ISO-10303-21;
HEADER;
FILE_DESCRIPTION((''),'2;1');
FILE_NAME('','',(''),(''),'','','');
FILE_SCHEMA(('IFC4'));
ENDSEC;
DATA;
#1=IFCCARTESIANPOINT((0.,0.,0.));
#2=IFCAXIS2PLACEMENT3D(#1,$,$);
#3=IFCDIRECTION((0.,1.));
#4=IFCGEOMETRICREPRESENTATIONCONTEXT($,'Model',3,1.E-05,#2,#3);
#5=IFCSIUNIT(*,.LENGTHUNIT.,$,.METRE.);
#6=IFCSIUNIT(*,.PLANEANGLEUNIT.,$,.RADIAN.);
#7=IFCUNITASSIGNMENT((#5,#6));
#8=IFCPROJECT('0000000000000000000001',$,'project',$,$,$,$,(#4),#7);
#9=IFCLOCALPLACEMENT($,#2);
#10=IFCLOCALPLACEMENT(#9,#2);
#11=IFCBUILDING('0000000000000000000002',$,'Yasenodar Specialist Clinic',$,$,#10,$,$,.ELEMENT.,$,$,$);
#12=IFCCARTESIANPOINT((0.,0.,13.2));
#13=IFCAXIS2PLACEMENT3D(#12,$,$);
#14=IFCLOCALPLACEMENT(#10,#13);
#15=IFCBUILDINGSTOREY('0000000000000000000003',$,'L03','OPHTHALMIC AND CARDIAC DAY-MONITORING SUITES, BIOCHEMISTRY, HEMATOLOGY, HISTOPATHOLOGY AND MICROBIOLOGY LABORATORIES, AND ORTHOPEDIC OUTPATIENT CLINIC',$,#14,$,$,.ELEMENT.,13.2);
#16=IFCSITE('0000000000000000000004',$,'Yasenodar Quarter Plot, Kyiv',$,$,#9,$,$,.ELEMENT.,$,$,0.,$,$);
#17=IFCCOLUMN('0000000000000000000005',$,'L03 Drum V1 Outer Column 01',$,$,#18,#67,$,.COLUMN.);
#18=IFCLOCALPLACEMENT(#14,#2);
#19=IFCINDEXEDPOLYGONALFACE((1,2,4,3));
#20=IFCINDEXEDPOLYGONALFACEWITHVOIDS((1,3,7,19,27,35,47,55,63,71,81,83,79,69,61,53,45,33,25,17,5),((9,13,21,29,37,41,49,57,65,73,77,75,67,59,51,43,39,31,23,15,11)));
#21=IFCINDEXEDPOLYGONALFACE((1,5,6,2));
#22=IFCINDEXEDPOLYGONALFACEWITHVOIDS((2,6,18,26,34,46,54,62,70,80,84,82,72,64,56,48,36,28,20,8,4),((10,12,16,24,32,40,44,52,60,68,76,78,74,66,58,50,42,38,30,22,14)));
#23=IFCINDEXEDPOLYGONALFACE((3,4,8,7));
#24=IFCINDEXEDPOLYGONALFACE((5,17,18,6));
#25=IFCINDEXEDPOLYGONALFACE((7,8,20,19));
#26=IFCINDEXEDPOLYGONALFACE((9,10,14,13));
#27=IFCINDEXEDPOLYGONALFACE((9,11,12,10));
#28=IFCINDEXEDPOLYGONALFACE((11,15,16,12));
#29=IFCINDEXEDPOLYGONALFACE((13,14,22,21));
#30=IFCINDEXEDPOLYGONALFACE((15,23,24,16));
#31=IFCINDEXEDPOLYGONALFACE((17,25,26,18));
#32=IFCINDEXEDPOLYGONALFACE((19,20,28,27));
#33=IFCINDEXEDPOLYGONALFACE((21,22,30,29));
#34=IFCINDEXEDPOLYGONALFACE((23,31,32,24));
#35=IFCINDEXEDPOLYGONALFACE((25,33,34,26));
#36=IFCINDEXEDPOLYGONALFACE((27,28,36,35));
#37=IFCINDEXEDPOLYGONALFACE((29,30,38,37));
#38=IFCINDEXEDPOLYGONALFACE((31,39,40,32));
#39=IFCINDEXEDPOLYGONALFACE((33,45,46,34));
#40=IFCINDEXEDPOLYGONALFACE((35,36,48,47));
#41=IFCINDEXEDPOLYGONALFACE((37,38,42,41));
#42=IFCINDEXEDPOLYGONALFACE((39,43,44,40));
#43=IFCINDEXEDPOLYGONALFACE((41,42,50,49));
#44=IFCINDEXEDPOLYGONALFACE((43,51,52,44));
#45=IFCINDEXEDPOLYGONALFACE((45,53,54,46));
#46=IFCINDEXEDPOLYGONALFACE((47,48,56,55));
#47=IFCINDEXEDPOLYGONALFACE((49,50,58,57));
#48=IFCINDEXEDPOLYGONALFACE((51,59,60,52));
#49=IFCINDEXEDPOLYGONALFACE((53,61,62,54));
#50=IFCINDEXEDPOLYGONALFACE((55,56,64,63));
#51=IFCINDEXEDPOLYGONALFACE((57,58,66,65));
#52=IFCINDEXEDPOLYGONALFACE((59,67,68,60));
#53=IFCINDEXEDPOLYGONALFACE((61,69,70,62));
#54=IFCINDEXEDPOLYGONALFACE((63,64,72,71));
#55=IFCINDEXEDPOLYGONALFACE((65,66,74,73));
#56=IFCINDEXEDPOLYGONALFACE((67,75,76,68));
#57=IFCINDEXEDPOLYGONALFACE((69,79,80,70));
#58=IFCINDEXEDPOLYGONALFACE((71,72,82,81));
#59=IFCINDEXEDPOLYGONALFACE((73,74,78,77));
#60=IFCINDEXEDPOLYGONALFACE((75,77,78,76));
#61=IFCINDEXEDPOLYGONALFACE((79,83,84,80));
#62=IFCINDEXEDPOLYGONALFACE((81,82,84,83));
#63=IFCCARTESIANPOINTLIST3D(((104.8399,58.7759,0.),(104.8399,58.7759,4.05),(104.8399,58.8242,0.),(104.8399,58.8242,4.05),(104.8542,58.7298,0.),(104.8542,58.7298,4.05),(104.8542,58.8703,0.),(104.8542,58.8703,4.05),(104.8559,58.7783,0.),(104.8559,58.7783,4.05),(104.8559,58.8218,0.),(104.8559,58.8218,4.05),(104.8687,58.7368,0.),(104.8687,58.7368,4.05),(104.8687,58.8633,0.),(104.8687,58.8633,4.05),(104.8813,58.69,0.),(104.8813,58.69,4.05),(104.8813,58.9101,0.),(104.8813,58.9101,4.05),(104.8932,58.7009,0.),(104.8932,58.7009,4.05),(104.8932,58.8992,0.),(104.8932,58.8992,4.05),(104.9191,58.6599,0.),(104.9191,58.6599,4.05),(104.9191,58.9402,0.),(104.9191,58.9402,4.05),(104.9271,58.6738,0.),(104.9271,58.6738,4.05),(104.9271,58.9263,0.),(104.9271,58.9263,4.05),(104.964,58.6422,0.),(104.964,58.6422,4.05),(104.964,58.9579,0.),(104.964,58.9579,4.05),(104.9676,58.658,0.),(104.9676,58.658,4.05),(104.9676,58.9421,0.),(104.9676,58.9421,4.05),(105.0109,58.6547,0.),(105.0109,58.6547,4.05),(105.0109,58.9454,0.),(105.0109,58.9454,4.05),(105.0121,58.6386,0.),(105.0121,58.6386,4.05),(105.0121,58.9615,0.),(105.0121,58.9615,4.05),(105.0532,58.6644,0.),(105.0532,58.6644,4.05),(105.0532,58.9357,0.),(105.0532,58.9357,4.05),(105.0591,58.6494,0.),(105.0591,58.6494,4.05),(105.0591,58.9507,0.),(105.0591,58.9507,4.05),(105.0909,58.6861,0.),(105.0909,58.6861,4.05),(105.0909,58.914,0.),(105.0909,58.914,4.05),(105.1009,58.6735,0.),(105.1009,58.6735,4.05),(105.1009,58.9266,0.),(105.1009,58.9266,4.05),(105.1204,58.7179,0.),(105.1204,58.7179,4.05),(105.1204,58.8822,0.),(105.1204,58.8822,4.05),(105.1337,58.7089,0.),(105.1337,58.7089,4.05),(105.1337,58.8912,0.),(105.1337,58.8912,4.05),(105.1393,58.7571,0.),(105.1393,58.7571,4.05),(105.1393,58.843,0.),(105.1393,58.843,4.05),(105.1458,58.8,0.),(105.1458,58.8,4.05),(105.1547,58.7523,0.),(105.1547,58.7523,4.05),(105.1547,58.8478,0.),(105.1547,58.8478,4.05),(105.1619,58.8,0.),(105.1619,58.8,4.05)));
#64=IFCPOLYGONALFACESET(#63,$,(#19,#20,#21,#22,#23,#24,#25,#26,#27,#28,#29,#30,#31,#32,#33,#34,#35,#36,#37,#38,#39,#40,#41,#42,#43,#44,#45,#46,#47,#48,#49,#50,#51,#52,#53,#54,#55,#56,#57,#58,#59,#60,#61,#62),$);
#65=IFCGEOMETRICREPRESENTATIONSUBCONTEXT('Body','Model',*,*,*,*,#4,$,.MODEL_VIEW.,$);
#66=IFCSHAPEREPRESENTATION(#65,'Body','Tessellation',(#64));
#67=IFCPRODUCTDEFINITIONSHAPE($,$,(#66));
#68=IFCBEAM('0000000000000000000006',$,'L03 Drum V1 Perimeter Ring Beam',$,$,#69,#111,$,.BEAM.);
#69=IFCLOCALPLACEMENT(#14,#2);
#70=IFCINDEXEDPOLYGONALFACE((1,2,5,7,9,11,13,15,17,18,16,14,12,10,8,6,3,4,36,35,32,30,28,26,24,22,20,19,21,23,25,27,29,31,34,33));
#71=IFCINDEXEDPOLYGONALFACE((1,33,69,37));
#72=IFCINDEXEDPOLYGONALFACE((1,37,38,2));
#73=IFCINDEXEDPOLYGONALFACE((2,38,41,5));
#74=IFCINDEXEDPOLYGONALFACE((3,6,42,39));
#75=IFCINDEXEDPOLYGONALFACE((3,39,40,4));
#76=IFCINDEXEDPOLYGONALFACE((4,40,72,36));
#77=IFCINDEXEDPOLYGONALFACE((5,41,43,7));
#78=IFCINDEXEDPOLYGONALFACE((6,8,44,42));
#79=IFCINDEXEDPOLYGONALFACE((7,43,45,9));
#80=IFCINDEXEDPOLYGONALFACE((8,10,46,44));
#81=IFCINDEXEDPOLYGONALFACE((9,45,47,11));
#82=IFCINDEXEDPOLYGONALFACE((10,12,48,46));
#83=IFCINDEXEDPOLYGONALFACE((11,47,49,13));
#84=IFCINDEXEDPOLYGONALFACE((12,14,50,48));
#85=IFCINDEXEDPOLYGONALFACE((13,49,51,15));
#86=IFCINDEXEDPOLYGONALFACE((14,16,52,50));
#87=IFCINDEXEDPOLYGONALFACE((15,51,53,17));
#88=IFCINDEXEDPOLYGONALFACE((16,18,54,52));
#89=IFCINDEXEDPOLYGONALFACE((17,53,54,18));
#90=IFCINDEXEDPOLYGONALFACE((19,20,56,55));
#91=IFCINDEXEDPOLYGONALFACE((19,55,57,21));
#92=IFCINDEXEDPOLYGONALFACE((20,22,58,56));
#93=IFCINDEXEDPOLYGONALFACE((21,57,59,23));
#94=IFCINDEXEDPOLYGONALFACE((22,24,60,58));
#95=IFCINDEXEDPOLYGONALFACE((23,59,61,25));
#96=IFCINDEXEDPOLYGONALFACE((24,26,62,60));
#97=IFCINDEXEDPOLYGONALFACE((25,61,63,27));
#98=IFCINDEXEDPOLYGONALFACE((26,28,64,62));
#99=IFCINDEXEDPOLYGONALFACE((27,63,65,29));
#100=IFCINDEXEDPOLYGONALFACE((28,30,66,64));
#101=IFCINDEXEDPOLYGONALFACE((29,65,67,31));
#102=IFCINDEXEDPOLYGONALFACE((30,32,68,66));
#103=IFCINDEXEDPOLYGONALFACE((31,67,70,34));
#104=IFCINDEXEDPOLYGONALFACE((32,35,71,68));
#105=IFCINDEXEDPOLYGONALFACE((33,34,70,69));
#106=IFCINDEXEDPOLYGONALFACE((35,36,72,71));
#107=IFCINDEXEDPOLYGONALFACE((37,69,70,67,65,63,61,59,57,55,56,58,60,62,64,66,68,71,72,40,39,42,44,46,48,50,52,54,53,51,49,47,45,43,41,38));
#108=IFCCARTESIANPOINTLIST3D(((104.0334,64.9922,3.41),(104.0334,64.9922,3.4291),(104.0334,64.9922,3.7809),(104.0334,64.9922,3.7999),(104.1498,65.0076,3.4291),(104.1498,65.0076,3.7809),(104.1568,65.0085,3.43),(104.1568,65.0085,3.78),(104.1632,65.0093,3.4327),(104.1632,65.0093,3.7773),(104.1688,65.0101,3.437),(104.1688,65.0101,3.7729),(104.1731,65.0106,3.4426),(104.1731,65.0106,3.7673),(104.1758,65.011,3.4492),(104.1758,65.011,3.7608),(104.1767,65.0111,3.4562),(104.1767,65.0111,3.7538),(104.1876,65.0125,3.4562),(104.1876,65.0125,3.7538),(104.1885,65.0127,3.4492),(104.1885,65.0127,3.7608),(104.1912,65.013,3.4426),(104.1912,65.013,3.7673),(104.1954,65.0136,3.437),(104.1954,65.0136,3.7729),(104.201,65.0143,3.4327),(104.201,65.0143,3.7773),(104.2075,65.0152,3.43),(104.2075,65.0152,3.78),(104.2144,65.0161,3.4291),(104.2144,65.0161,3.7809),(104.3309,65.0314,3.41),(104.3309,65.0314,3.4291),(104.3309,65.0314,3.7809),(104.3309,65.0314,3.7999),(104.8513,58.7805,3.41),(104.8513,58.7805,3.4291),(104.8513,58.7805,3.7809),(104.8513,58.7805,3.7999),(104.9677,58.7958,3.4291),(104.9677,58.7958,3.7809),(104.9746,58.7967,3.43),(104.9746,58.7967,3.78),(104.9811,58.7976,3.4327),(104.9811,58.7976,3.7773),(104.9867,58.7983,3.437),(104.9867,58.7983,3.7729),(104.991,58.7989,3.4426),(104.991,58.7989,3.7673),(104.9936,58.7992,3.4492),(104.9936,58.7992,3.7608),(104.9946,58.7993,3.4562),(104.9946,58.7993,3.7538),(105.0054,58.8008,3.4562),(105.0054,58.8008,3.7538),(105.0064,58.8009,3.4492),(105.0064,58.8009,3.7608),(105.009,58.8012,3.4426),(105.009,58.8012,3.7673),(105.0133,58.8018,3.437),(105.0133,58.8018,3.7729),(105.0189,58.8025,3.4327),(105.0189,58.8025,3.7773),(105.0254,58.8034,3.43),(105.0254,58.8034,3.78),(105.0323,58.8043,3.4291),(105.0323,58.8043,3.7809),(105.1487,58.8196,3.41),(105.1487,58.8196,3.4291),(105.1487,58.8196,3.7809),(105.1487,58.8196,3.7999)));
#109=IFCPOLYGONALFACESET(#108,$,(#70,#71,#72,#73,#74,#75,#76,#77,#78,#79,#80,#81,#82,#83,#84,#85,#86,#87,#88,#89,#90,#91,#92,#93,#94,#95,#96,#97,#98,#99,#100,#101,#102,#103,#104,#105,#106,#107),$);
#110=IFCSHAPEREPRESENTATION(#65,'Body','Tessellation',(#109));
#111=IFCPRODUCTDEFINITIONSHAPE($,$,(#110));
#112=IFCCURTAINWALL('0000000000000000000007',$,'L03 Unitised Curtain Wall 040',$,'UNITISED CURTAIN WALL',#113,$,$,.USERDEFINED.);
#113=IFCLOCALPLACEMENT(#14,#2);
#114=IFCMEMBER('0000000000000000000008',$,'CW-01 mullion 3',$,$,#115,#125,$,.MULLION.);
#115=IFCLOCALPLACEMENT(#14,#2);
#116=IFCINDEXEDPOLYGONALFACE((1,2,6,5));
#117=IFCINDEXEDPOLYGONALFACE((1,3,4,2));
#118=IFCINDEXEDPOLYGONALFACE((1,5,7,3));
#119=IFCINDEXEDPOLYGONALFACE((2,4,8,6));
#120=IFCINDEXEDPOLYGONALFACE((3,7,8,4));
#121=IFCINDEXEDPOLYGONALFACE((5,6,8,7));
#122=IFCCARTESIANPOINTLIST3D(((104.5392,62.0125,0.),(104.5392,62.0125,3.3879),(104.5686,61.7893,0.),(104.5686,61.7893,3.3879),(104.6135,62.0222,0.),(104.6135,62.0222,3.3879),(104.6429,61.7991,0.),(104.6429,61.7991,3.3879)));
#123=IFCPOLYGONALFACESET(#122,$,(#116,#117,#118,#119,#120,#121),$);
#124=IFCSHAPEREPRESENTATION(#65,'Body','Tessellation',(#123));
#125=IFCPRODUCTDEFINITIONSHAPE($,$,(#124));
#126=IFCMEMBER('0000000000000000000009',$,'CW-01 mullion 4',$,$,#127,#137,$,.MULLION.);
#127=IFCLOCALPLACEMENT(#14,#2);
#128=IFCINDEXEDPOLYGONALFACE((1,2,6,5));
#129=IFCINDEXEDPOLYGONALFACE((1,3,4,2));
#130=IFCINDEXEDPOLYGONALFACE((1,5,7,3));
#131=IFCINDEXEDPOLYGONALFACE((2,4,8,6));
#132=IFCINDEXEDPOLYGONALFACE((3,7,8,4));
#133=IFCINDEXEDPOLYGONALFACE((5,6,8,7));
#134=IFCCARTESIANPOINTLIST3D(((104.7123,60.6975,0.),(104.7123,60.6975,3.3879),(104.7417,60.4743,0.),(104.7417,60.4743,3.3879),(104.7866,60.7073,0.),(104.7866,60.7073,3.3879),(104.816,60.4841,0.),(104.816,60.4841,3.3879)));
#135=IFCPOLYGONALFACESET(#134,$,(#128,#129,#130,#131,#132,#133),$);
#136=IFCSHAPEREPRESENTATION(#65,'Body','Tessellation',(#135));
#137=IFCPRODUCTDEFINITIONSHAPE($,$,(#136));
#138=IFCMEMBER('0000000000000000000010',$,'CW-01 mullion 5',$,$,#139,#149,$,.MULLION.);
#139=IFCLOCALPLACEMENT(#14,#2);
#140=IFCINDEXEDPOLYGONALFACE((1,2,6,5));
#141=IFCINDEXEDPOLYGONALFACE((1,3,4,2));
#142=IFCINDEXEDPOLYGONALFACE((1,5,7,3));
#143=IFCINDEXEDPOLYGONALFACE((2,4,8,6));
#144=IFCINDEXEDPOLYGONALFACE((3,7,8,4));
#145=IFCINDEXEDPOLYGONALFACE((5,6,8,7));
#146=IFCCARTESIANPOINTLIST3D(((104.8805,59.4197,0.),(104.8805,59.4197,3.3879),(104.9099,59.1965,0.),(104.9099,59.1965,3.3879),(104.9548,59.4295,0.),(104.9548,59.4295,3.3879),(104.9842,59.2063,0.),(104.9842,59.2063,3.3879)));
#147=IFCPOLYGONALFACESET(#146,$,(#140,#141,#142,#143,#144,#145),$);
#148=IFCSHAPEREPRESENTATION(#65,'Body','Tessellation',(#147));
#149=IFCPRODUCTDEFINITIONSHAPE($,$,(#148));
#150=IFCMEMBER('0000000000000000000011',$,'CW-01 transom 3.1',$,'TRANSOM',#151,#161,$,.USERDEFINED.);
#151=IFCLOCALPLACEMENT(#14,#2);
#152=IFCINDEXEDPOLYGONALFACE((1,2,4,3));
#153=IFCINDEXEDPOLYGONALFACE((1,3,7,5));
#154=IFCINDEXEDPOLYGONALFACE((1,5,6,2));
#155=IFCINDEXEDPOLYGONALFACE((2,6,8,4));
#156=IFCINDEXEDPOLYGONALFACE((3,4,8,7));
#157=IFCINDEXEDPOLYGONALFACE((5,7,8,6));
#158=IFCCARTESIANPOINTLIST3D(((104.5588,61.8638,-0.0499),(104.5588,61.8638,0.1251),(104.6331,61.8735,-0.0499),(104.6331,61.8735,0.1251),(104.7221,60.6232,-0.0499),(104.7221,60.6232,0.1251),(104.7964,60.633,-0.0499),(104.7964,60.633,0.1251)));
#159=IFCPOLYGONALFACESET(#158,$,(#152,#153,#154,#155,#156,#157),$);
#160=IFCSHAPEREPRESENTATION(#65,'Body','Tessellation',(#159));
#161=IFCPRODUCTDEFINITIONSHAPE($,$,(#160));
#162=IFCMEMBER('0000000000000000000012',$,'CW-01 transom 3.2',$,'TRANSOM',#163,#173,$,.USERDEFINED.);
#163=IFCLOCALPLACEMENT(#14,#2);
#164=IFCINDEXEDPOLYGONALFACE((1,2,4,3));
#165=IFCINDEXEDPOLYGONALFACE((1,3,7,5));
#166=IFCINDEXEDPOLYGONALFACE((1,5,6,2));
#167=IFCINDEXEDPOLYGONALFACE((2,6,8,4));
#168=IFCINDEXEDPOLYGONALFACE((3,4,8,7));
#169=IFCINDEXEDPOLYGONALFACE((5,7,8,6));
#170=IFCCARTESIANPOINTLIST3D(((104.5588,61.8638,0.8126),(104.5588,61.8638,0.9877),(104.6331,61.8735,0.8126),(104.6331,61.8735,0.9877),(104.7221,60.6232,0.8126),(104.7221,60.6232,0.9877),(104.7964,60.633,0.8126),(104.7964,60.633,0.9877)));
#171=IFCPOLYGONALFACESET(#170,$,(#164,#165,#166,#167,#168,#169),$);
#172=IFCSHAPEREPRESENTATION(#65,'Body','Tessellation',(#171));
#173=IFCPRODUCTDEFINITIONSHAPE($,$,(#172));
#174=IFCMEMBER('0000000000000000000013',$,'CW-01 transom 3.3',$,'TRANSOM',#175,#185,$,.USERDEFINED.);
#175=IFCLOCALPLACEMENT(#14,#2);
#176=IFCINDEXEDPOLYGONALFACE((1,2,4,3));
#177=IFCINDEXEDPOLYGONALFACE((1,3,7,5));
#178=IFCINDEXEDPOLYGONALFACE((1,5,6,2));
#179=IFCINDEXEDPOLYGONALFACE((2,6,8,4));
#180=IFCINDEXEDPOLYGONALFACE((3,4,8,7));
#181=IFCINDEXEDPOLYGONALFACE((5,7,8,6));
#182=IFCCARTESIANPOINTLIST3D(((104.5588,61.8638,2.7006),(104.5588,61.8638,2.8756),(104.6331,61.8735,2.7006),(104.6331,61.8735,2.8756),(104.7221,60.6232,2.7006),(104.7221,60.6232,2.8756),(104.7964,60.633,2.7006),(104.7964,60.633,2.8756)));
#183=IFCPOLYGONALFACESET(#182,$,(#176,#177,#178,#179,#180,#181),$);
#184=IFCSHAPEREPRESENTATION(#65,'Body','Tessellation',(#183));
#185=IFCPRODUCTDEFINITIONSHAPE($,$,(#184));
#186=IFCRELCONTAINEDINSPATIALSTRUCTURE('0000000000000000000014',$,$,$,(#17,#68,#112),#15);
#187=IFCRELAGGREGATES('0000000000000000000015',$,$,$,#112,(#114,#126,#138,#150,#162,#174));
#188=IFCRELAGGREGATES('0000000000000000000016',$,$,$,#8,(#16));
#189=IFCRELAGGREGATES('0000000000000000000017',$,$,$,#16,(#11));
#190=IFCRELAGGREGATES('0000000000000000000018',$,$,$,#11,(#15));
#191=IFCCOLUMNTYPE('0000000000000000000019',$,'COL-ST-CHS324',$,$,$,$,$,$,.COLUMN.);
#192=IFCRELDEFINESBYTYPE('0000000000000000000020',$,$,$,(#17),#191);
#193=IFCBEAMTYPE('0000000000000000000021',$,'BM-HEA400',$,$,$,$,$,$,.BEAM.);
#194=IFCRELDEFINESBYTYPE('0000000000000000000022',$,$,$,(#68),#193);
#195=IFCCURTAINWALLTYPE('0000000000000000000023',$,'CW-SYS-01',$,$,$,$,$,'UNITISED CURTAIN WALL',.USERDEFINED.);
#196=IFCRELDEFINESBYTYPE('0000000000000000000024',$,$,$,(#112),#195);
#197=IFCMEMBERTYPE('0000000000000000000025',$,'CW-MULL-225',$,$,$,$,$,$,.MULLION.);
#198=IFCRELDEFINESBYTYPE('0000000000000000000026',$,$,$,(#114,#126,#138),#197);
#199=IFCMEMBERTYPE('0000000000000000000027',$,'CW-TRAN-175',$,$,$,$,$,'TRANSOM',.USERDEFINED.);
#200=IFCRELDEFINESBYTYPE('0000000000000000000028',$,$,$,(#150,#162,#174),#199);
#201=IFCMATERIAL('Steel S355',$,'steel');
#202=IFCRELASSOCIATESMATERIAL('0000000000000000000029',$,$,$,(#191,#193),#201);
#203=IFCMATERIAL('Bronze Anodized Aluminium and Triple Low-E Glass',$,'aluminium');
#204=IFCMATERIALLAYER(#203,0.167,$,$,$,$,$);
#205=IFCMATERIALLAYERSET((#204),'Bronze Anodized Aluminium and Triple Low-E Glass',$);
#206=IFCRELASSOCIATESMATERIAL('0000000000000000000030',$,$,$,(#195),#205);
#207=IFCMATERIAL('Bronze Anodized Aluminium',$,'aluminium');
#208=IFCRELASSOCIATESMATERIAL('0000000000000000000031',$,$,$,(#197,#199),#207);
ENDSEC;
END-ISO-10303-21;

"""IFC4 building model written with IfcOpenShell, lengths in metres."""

from ifc_helpers import new_model, si_unit, direction, frame, origin, origin_2d, place, context, subcontext, project, spatial, rectangle, hollow_circle, i_section, extrude, material, layer, layer_set, material_profile, profile_set, type_object, element, aggregate, save


model = new_model("IFC4")

# Units and contexts
model_context = context("Model", 3, precision=1e-05, world=origin(), true_north=direction((0.0, 1.0)))
body_context = subcontext(model_context, "Body", "Model", "MODEL_VIEW")
ifc_project = project(units=[si_unit("LENGTHUNIT", "METRE"), si_unit("PLANEANGLEUNIT", "RADIAN")], contexts=[model_context])

# Site, building, storey
site_placement = place(None, origin())
site = spatial("IfcSite", under=ifc_project, at=site_placement, Name="Yasenodar Quarter Plot, Kyiv", CompositionType="ELEMENT", RefElevation=0.0)
building_placement = place(site_placement, origin())
building = spatial("IfcBuilding", under=site, at=building_placement, Name="Yasenodar Specialist Clinic", CompositionType="ELEMENT")
storey_placement = place(building_placement, frame((0.0, 0.0, 13.2)))
storey = spatial("IfcBuildingStorey", under=building, at=storey_placement, Name="L03", Description="OPHTHALMIC AND CARDIAC DAY-MONITORING SUITES, BIOCHEMISTRY, HEMATOLOGY, HISTOPATHOLOGY AND MICROBIOLOGY LABORATORIES, AND ORTHOPEDIC OUTPATIENT CLINIC", CompositionType="ELEMENT", Elevation=13.2)

# Column
ifc_material_1 = material(Name="Steel S355", Category="steel")
ifc_material_profile_1 = material_profile(ifc_material_1, hollow_circle(Radius=0.1619, WallThickness=0.0161, at=origin_2d()), Name="CHS 323.9x16")
ifc_profile_set_1 = profile_set([ifc_material_profile_1], Name="Steel S355")
column_type = type_object("IfcColumnType", Name="COL-ST-CHS324", PredefinedType="COLUMN", material=ifc_profile_set_1)
column_placement = place(storey_placement, frame((105.0, 58.8, 0.0), z_axis=(0.0, 0.0, 1.0), x_axis=(1.0, 0.0, 0.0)))
element("IfcColumn", 1, at=column_placement, inside=storey, type_object=column_type, Name="L03 Drum V1 Outer Column 01", PredefinedType="COLUMN", context=body_context, shape_type="SweptSolid", body=[
    extrude(hollow_circle(Radius=0.1619, WallThickness=0.0161, at=origin_2d()), origin(), (0.0, 0.0, 1.0), 4.05),
])

# Beam
ifc_material_profile_2 = material_profile(ifc_material_1, i_section(OverallWidth=0.3, OverallDepth=0.3899, WebThickness=0.011, FlangeThickness=0.019, FilletRadius=0.0271, at=origin_2d()), Name="HEA 400")
ifc_profile_set_2 = profile_set([ifc_material_profile_2], Name="Steel S355")
beam_type = type_object("IfcBeamType", Name="BM-HEA400", PredefinedType="BEAM", material=ifc_profile_set_2)
beam_placement = place(storey_placement, frame((105.0, 58.8, 3.605), z_axis=(-0.13054, 0.991443, 0.0), x_axis=(-0.991443, -0.13054, 0.0)))
element("IfcBeam", 2, at=beam_placement, inside=storey, type_object=beam_type, Name="L03 Drum V1 Perimeter Ring Beam", PredefinedType="BEAM", context=body_context, shape_type="SweptSolid", body=[
    extrude(i_section(OverallWidth=0.3, OverallDepth=0.3899, WebThickness=0.011, FlangeThickness=0.019, FilletRadius=0.0271, at=origin_2d()), origin(), (0.0, 0.0, 1.0), 6.2654),
])

# Curtain wall, members
ifc_material_2 = material(Name="Bronze Anodized Aluminium and Triple Low-E Glass", Category="aluminium")
ifc_layer_1 = layer(ifc_material_2, 0.167)
ifc_layer_set_1 = layer_set([ifc_layer_1], Name="Bronze Anodized Aluminium and Triple Low-E Glass")
curtain_wall_type = type_object("IfcCurtainWallType", Name="CW-SYS-01", ElementType="UNITISED CURTAIN WALL", PredefinedType="USERDEFINED", material=ifc_layer_set_1)
curtain_wall_placement = place(storey_placement, origin())
curtain_wall = element("IfcCurtainWall", 3, at=curtain_wall_placement, inside=storey, type_object=curtain_wall_type, Name="L03 Unitised Curtain Wall 040", ObjectType="UNITISED CURTAIN WALL", PredefinedType="USERDEFINED")
ifc_material_3 = material(Name="Bronze Anodized Aluminium", Category="aluminium")
ifc_material_profile_3 = material_profile(ifc_material_3, rectangle(XDim=0.075, YDim=0.2251, at=origin_2d()), Name="CW-MULL 75x225")
ifc_profile_set_3 = profile_set([ifc_material_profile_3], Name="Bronze Anodized Aluminium")
member_type_1 = type_object("IfcMemberType", Name="CW-MULL-225", PredefinedType="MULLION", material=ifc_profile_set_3)
member_1_placement = place(storey_placement, frame((104.5911, 61.9058, 0.0), z_axis=(0.0, 0.0, 1.0), x_axis=(0.991447, 0.130512, 0.0)))
member_1 = element("IfcMember", 4, at=member_1_placement, type_object=member_type_1, Name="CW-01 mullion 3", PredefinedType="MULLION", context=body_context, shape_type="SweptSolid", body=[
    extrude(rectangle(XDim=0.075, YDim=0.2251, at=origin_2d()), origin(), (0.0, 0.0, 1.0), 3.3879),
])
member_2_placement = place(storey_placement, frame((104.7642, 60.5908, 0.0), z_axis=(0.0, 0.0, 1.0), x_axis=(0.991447, 0.130512, 0.0)))
member_2 = element("IfcMember", 5, at=member_2_placement, type_object=member_type_1, Name="CW-01 mullion 4", PredefinedType="MULLION", context=body_context, shape_type="SweptSolid", body=[
    extrude(rectangle(XDim=0.075, YDim=0.2251, at=origin_2d()), origin(), (0.0, 0.0, 1.0), 3.3879),
])
member_3_placement = place(storey_placement, frame((104.9324, 59.313, 0.0), z_axis=(0.0, 0.0, 1.0), x_axis=(0.991447, 0.130512, 0.0)))
member_3 = element("IfcMember", 6, at=member_3_placement, type_object=member_type_1, Name="CW-01 mullion 5", PredefinedType="MULLION", context=body_context, shape_type="SweptSolid", body=[
    extrude(rectangle(XDim=0.075, YDim=0.2251, at=origin_2d()), origin(), (0.0, 0.0, 1.0), 3.3879),
])
ifc_material_profile_4 = material_profile(ifc_material_3, rectangle(XDim=0.075, YDim=0.175, at=origin_2d()), Name="CW-TRAN 75x175")
ifc_profile_set_4 = profile_set([ifc_material_profile_4], Name="Bronze Anodized Aluminium")
member_type_2 = type_object("IfcMemberType", Name="CW-TRAN-175", ElementType="TRANSOM", PredefinedType="USERDEFINED", material=ifc_profile_set_4)
member_4_placement = place(storey_placement, frame((104.5959, 61.8687, 0.0376), z_axis=(0.13054, -0.991443, 0.0), x_axis=(0.991443, 0.13054, 0.0)))
member_4 = element("IfcMember", 7, at=member_4_placement, type_object=member_type_2, Name="CW-01 transom 3.1", ObjectType="TRANSOM", PredefinedType="USERDEFINED", context=body_context, shape_type="SweptSolid", body=[
    extrude(rectangle(XDim=0.075, YDim=0.175, at=origin_2d()), origin(), (0.0, 0.0, 1.0), 1.2512),
])
member_5_placement = place(storey_placement, frame((104.5959, 61.8687, 0.9001), z_axis=(0.13054, -0.991443, 0.0), x_axis=(0.991443, 0.13054, 0.0)))
member_5 = element("IfcMember", 8, at=member_5_placement, type_object=member_type_2, Name="CW-01 transom 3.2", ObjectType="TRANSOM", PredefinedType="USERDEFINED", context=body_context, shape_type="SweptSolid", body=[
    extrude(rectangle(XDim=0.075, YDim=0.175, at=origin_2d()), origin(), (0.0, 0.0, 1.0), 1.2512),
])
member_6_placement = place(storey_placement, frame((104.5959, 61.8687, 2.7881), z_axis=(0.13054, -0.991443, 0.0), x_axis=(0.991443, 0.13054, 0.0)))
member_6 = element("IfcMember", 9, at=member_6_placement, type_object=member_type_2, Name="CW-01 transom 3.3", ObjectType="TRANSOM", PredefinedType="USERDEFINED", context=body_context, shape_type="SweptSolid", body=[
    extrude(rectangle(XDim=0.075, YDim=0.175, at=origin_2d()), origin(), (0.0, 0.0, 1.0), 1.2512),
])
aggregate(curtain_wall, [member_1, member_2, member_3, member_4, member_5, member_6])

save(model, "model.ifc")
